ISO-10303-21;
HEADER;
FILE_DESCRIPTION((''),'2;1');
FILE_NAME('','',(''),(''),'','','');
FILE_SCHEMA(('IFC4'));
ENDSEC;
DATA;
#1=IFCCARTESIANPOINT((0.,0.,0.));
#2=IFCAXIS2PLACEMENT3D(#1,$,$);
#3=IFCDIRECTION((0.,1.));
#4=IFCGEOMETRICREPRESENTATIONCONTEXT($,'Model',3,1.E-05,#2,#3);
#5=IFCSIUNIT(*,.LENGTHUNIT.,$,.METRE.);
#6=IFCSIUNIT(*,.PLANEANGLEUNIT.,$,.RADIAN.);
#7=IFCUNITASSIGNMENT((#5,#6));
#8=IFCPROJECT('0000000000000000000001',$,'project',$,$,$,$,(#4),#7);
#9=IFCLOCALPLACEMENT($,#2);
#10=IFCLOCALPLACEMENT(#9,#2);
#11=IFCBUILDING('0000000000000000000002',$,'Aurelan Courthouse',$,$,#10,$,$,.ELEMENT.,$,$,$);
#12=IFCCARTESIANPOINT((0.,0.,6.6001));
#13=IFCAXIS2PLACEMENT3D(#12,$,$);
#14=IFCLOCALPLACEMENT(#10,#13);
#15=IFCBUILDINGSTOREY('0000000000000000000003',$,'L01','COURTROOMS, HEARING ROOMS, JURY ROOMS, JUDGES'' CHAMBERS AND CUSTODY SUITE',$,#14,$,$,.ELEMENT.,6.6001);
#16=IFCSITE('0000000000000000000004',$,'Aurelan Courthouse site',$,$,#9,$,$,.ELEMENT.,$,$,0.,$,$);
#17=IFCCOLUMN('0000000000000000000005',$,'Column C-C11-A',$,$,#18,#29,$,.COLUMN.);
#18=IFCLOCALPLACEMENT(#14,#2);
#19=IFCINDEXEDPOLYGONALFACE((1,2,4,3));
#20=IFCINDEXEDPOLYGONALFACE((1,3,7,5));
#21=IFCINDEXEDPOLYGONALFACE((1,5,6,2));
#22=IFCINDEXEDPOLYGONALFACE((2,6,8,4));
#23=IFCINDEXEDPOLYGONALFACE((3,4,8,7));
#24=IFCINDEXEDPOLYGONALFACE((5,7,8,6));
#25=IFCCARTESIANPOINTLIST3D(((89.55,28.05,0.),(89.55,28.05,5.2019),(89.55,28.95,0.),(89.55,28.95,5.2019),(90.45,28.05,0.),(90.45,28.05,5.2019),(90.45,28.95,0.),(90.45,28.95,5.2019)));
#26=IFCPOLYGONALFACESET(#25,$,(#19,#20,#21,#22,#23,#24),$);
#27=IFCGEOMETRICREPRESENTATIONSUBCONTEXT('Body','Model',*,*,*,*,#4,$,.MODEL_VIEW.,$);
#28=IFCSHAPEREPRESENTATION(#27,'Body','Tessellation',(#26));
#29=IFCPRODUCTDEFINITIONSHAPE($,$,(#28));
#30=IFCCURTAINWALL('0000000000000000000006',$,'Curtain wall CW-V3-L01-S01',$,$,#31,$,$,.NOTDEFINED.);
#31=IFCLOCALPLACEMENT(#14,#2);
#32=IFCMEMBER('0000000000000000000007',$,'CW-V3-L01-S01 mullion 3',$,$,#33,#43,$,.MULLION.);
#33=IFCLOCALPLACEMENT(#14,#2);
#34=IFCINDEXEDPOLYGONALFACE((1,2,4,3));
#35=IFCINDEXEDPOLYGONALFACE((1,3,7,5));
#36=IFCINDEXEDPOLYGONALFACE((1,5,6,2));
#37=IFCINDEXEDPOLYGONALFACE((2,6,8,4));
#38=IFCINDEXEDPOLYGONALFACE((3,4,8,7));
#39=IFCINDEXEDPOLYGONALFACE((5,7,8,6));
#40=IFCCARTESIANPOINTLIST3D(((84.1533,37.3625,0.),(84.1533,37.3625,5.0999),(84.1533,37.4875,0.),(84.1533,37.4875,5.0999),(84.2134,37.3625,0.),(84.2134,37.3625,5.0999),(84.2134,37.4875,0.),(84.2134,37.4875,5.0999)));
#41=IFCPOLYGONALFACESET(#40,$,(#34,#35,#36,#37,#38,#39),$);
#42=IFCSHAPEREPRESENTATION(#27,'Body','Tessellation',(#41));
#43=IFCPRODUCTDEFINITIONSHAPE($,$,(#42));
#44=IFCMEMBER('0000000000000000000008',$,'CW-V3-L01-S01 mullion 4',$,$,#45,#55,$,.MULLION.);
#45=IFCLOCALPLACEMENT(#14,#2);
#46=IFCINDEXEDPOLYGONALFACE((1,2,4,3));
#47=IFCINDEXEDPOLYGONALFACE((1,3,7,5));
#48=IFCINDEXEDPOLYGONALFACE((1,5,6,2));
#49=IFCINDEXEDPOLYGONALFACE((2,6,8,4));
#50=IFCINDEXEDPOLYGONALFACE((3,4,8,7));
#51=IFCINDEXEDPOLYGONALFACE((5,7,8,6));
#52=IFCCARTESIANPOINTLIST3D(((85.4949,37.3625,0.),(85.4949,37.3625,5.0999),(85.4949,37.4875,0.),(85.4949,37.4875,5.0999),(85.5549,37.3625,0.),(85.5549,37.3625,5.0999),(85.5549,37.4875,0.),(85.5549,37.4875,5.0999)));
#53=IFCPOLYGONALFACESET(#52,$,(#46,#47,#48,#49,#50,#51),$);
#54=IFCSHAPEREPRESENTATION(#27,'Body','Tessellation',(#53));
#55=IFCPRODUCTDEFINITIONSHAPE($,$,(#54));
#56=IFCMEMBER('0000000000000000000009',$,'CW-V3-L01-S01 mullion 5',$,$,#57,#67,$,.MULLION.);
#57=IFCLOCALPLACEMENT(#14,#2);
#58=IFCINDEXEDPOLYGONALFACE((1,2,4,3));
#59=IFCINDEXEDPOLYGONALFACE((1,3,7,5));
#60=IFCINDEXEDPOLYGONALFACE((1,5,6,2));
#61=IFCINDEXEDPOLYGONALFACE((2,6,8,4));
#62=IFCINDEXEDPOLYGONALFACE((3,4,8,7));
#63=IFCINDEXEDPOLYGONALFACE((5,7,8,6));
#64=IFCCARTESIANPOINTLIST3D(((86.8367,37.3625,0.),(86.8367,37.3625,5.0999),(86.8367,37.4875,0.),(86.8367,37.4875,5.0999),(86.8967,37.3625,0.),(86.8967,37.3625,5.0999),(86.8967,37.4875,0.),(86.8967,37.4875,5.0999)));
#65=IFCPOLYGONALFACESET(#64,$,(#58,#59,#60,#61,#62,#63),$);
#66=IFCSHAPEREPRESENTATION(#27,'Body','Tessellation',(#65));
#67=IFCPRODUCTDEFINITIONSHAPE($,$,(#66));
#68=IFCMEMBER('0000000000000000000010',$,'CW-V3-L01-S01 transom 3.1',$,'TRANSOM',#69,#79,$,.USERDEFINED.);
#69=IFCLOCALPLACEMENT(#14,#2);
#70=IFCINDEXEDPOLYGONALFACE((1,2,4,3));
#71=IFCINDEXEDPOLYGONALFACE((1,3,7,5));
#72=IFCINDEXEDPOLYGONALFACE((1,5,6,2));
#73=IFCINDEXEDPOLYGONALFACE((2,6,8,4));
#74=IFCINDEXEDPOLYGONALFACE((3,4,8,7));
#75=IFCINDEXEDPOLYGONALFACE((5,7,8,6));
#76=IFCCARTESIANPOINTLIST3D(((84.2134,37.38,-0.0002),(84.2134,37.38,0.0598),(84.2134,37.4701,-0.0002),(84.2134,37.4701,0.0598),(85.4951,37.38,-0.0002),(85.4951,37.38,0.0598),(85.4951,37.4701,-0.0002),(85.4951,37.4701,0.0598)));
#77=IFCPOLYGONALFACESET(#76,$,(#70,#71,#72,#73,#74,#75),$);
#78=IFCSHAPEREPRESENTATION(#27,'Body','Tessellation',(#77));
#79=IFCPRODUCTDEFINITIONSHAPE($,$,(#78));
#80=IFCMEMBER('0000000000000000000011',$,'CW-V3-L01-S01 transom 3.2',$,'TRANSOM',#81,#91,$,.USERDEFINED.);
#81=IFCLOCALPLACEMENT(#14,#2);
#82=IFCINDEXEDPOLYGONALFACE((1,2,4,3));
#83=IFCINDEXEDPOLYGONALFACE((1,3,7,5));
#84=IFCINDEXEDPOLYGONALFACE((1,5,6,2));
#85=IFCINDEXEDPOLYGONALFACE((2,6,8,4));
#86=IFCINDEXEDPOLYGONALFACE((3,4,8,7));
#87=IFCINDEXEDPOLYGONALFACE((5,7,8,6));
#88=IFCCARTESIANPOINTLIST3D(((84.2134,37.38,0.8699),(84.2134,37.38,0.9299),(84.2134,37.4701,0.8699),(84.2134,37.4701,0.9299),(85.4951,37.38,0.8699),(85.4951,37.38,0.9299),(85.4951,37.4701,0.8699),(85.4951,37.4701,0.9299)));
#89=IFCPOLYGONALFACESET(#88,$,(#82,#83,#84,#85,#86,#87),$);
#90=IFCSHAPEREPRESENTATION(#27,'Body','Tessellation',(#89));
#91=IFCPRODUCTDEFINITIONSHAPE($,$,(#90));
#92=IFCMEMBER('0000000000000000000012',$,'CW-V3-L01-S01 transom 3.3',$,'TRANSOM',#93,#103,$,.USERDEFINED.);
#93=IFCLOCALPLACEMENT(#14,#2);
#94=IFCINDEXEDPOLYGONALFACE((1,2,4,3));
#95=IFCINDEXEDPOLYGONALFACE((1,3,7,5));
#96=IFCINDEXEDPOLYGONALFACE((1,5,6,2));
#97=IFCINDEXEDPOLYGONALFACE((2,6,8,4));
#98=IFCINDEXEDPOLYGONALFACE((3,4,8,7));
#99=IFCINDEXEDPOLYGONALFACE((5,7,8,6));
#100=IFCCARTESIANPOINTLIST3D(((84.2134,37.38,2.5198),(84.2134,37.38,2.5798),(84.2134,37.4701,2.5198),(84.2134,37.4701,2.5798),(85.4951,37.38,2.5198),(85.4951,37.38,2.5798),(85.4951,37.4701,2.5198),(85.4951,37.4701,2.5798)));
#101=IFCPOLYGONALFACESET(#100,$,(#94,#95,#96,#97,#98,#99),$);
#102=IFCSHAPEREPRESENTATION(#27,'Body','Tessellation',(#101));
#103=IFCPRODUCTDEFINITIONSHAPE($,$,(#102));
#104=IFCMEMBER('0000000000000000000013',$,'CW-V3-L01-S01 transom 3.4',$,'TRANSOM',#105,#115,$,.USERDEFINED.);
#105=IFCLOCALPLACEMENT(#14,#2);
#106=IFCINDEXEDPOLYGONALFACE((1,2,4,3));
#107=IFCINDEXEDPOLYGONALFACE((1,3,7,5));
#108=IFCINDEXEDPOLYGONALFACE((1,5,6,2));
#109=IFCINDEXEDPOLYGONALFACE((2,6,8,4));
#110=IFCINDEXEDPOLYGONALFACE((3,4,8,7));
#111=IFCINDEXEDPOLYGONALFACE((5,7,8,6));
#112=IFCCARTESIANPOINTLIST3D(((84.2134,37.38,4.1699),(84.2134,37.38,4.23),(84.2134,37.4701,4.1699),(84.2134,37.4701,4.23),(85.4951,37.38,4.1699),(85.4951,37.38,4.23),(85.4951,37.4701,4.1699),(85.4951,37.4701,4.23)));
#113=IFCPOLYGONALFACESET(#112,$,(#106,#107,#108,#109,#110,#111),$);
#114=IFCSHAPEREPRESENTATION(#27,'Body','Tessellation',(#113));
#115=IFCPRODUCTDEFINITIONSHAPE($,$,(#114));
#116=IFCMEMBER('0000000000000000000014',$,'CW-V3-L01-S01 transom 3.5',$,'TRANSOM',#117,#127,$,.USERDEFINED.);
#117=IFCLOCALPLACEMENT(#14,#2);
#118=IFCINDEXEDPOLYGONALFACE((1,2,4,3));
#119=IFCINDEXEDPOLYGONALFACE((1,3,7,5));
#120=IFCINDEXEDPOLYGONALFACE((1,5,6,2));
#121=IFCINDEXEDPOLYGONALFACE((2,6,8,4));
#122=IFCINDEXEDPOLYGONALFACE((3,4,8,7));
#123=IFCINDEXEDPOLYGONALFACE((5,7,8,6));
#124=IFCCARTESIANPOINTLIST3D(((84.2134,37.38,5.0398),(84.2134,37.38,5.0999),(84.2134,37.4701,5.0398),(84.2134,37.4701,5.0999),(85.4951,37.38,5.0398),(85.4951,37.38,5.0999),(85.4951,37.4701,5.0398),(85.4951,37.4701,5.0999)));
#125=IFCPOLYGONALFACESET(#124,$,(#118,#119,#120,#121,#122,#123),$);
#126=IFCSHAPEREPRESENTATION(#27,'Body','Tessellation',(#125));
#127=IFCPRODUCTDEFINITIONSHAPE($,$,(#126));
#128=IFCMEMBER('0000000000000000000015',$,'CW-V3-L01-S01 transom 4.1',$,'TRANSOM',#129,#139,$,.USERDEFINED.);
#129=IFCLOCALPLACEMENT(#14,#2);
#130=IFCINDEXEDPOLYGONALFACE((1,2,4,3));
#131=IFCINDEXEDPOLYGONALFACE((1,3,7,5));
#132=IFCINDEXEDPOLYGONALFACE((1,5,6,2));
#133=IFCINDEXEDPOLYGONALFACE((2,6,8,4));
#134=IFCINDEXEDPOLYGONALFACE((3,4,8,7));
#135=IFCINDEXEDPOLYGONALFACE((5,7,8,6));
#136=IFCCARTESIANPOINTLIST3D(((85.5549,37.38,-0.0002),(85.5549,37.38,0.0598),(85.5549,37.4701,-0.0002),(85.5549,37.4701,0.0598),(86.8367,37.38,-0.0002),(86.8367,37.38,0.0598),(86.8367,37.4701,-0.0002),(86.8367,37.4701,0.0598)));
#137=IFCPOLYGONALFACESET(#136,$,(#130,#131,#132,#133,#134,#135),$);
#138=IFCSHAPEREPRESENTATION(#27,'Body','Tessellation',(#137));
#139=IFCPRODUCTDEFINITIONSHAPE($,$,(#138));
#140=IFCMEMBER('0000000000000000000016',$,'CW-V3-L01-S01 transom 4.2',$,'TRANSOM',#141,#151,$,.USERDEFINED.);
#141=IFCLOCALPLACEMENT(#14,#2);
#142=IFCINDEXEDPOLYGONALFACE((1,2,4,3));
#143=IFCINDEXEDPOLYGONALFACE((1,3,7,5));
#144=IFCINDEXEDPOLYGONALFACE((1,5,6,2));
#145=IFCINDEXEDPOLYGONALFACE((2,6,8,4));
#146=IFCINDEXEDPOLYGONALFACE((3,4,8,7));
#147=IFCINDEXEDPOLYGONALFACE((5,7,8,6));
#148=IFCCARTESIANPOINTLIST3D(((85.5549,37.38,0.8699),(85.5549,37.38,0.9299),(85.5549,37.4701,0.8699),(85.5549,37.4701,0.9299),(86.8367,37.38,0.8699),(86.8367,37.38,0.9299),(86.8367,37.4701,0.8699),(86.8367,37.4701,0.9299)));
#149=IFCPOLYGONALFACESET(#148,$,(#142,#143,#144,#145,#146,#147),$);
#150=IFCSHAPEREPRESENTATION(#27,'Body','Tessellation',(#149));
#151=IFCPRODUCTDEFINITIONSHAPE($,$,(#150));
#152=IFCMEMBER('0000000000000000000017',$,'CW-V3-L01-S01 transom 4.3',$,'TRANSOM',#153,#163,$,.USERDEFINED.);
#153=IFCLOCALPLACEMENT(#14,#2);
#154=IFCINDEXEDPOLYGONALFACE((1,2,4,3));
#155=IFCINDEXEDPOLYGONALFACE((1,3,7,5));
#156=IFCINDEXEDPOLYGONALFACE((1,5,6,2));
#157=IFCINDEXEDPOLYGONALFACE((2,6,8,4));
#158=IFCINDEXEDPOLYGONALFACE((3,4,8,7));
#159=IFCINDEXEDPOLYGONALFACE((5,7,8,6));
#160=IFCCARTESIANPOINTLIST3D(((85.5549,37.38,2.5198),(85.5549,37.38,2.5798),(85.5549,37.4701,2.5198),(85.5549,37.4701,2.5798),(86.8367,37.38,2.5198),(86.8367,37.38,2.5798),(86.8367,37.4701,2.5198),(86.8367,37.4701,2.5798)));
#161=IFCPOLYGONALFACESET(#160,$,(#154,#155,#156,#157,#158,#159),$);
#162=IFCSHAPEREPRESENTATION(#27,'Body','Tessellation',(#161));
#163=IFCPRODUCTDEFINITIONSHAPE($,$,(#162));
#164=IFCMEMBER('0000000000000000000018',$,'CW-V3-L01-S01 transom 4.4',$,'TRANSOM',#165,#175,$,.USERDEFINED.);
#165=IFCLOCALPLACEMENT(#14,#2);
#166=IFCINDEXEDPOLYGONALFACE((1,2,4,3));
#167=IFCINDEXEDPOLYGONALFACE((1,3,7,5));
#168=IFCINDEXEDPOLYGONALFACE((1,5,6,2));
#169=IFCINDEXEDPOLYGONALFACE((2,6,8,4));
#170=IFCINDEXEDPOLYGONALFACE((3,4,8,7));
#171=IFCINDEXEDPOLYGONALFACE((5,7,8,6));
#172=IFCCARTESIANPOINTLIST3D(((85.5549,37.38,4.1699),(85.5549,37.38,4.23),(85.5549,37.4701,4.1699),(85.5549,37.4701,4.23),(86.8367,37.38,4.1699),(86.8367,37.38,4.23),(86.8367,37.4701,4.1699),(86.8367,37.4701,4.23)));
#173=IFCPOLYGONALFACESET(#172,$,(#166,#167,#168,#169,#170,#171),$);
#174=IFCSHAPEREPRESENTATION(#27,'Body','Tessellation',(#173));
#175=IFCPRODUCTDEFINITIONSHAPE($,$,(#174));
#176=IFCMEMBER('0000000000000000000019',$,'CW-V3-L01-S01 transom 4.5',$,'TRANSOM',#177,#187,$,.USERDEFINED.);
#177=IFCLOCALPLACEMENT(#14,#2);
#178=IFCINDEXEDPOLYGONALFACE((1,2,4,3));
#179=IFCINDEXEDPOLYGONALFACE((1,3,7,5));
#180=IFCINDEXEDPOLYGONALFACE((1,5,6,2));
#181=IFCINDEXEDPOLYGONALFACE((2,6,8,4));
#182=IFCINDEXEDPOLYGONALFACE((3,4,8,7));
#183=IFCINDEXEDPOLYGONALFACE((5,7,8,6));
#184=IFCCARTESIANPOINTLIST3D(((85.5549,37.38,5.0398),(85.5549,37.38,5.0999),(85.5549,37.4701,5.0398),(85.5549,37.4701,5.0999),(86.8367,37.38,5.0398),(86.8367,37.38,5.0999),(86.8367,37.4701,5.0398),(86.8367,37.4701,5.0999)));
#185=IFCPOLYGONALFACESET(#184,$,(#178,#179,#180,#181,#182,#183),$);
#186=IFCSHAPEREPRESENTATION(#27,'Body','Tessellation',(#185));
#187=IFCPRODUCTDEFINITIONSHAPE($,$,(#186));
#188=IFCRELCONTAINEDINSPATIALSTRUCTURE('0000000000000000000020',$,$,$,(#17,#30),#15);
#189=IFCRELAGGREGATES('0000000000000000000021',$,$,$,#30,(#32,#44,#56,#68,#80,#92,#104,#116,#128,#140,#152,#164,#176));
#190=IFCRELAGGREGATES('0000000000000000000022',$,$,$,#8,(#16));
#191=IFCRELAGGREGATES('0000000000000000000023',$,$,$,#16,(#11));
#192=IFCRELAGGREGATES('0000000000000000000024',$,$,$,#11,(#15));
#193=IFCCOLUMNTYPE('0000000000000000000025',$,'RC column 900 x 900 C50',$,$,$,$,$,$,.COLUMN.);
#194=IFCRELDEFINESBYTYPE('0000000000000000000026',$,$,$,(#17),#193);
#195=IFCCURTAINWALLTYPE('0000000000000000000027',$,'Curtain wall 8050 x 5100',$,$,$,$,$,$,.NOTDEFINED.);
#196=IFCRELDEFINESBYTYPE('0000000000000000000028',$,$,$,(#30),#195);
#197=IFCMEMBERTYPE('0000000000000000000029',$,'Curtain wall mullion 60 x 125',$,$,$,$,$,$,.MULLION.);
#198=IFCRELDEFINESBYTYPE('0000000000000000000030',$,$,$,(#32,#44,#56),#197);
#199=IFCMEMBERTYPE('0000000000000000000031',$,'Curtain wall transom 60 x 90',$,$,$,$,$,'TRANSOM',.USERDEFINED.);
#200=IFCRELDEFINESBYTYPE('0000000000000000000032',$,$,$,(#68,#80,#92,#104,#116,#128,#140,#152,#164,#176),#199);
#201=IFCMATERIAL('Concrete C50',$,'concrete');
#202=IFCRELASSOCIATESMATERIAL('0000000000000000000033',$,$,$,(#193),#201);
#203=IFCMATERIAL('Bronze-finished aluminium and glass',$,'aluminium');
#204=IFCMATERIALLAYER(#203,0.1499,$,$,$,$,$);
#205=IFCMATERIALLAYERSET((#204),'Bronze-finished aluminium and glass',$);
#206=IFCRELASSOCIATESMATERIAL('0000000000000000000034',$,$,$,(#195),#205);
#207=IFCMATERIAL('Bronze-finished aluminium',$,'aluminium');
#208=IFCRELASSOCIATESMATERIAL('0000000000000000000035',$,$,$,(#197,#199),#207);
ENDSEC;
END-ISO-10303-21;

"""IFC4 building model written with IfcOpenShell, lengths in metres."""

from ifc_helpers import new_model, si_unit, direction, frame, origin, origin_2d, place, context, subcontext, project, spatial, rectangle, extrude, material, layer, layer_set, material_profile, profile_set, type_object, element, aggregate, save


model = new_model("IFC4")

# Units and contexts
model_context = context("Model", 3, precision=1e-05, world=origin(), true_north=direction((0.0, 1.0)))
body_context = subcontext(model_context, "Body", "Model", "MODEL_VIEW")
ifc_project = project(units=[si_unit("LENGTHUNIT", "METRE"), si_unit("PLANEANGLEUNIT", "RADIAN")], contexts=[model_context])

# Site, building, storey
site_placement = place(None, origin())
site = spatial("IfcSite", under=ifc_project, at=site_placement, Name="Aurelan Courthouse site", CompositionType="ELEMENT", RefElevation=0.0)
building_placement = place(site_placement, origin())
building = spatial("IfcBuilding", under=site, at=building_placement, Name="Aurelan Courthouse", CompositionType="ELEMENT")
storey_placement = place(building_placement, frame((0.0, 0.0, 6.6001)))
storey = spatial("IfcBuildingStorey", under=building, at=storey_placement, Name="L01", Description="COURTROOMS, HEARING ROOMS, JURY ROOMS, JUDGES' CHAMBERS AND CUSTODY SUITE", CompositionType="ELEMENT", Elevation=6.6001)

# Column
ifc_material_1 = material(Name="Concrete C50", Category="concrete")
ifc_material_profile_1 = material_profile(ifc_material_1, rectangle(XDim=0.8999, YDim=0.8999, at=origin_2d()), Name="RC 900 x 900")
ifc_profile_set_1 = profile_set([ifc_material_profile_1], Name="Concrete C50")
column_type = type_object("IfcColumnType", Name="RC column 900 x 900 C50", PredefinedType="COLUMN", material=ifc_profile_set_1)
column_placement = place(storey_placement, frame((90.0, 28.5, 0.0), z_axis=(0.0, 0.0, 1.0), x_axis=(1.0, 0.0, 0.0)))
element("IfcColumn", 1, at=column_placement, inside=storey, type_object=column_type, Name="Column C-C11-A", PredefinedType="COLUMN", context=body_context, shape_type="SweptSolid", body=[
    extrude(rectangle(XDim=0.8999, YDim=0.8999, at=origin_2d()), origin(), (0.0, 0.0, 1.0), 5.2019),
])

# Curtain wall, members
ifc_material_2 = material(Name="Bronze-finished aluminium and glass", Category="aluminium")
ifc_layer_1 = layer(ifc_material_2, 0.1499)
ifc_layer_set_1 = layer_set([ifc_layer_1], Name="Bronze-finished aluminium and glass")
curtain_wall_type = type_object("IfcCurtainWallType", Name="Curtain wall 8050 x 5100", PredefinedType="NOTDEFINED", material=ifc_layer_set_1)
curtain_wall_placement = place(storey_placement, origin())
curtain_wall = element("IfcCurtainWall", 2, at=curtain_wall_placement, inside=storey, type_object=curtain_wall_type, Name="Curtain wall CW-V3-L01-S01", PredefinedType="NOTDEFINED")
ifc_material_3 = material(Name="Bronze-finished aluminium", Category="aluminium")
ifc_material_profile_2 = material_profile(ifc_material_3, rectangle(XDim=0.125, YDim=0.0601, at=origin_2d()), Name="Bronze mullion 60 x 125")
ifc_profile_set_2 = profile_set([ifc_material_profile_2], Name="Bronze-finished aluminium")
member_type_1 = type_object("IfcMemberType", Name="Curtain wall mullion 60 x 125", PredefinedType="MULLION", material=ifc_profile_set_2)
member_1_placement = place(storey_placement, frame((84.1833, 37.425, 0.0), z_axis=(0.0, 0.0, 1.0), x_axis=(0.0, 1.0, 0.0)))
member_1 = element("IfcMember", 3, at=member_1_placement, type_object=member_type_1, Name="CW-V3-L01-S01 mullion 3", PredefinedType="MULLION", context=body_context, shape_type="SweptSolid", body=[
    extrude(rectangle(XDim=0.125, YDim=0.0601, at=origin_2d()), origin(), (0.0, 0.0, 1.0), 5.0999),
])
member_2_placement = place(storey_placement, frame((85.5249, 37.425, 0.0), z_axis=(0.0, 0.0, 1.0), x_axis=(0.0, 1.0, 0.0)))
member_2 = element("IfcMember", 4, at=member_2_placement, type_object=member_type_1, Name="CW-V3-L01-S01 mullion 4", PredefinedType="MULLION", context=body_context, shape_type="SweptSolid", body=[
    extrude(rectangle(XDim=0.125, YDim=0.0601, at=origin_2d()), origin(), (0.0, 0.0, 1.0), 5.0999),
])
member_3_placement = place(storey_placement, frame((86.8667, 37.425, 0.0), z_axis=(0.0, 0.0, 1.0), x_axis=(0.0, 1.0, 0.0)))
member_3 = element("IfcMember", 5, at=member_3_placement, type_object=member_type_1, Name="CW-V3-L01-S01 mullion 5", PredefinedType="MULLION", context=body_context, shape_type="SweptSolid", body=[
    extrude(rectangle(XDim=0.125, YDim=0.0601, at=origin_2d()), origin(), (0.0, 0.0, 1.0), 5.0999),
])
ifc_material_profile_3 = material_profile(ifc_material_3, rectangle(XDim=0.0901, YDim=0.0601, at=origin_2d()), Name="Bronze transom 60 x 90")
ifc_profile_set_3 = profile_set([ifc_material_profile_3], Name="Bronze-finished aluminium")
member_type_2 = type_object("IfcMemberType", Name="Curtain wall transom 60 x 90", ElementType="TRANSOM", PredefinedType="USERDEFINED", material=ifc_profile_set_3)
member_4_placement = place(storey_placement, frame((84.2134, 37.425, 0.0298), z_axis=(1.0, 0.0, 0.0), x_axis=(0.0, 1.0, 0.0)))
member_4 = element("IfcMember", 6, at=member_4_placement, type_object=member_type_2, Name="CW-V3-L01-S01 transom 3.1", ObjectType="TRANSOM", PredefinedType="USERDEFINED", context=body_context, shape_type="SweptSolid", body=[
    extrude(rectangle(XDim=0.0901, YDim=0.0601, at=origin_2d()), origin(), (0.0, 0.0, 1.0), 1.2817),
])
member_5_placement = place(storey_placement, frame((84.2134, 37.425, 0.8999), z_axis=(1.0, 0.0, 0.0), x_axis=(0.0, 1.0, 0.0)))
member_5 = element("IfcMember", 7, at=member_5_placement, type_object=member_type_2, Name="CW-V3-L01-S01 transom 3.2", ObjectType="TRANSOM", PredefinedType="USERDEFINED", context=body_context, shape_type="SweptSolid", body=[
    extrude(rectangle(XDim=0.0901, YDim=0.0601, at=origin_2d()), origin(), (0.0, 0.0, 1.0), 1.2817),
])
member_6_placement = place(storey_placement, frame((84.2134, 37.425, 2.5498), z_axis=(1.0, 0.0, 0.0), x_axis=(0.0, 1.0, 0.0)))
member_6 = element("IfcMember", 8, at=member_6_placement, type_object=member_type_2, Name="CW-V3-L01-S01 transom 3.3", ObjectType="TRANSOM", PredefinedType="USERDEFINED", context=body_context, shape_type="SweptSolid", body=[
    extrude(rectangle(XDim=0.0901, YDim=0.0601, at=origin_2d()), origin(), (0.0, 0.0, 1.0), 1.2817),
])
member_7_placement = place(storey_placement, frame((84.2134, 37.425, 4.2), z_axis=(1.0, 0.0, 0.0), x_axis=(0.0, 1.0, 0.0)))
member_7 = element("IfcMember", 9, at=member_7_placement, type_object=member_type_2, Name="CW-V3-L01-S01 transom 3.4", ObjectType="TRANSOM", PredefinedType="USERDEFINED", context=body_context, shape_type="SweptSolid", body=[
    extrude(rectangle(XDim=0.0901, YDim=0.0601, at=origin_2d()), origin(), (0.0, 0.0, 1.0), 1.2817),
])
member_8_placement = place(storey_placement, frame((84.2134, 37.425, 5.0698), z_axis=(1.0, 0.0, 0.0), x_axis=(0.0, 1.0, 0.0)))
member_8 = element("IfcMember", 10, at=member_8_placement, type_object=member_type_2, Name="CW-V3-L01-S01 transom 3.5", ObjectType="TRANSOM", PredefinedType="USERDEFINED", context=body_context, shape_type="SweptSolid", body=[
    extrude(rectangle(XDim=0.0901, YDim=0.0601, at=origin_2d()), origin(), (0.0, 0.0, 1.0), 1.2817),
])
member_9_placement = place(storey_placement, frame((85.5549, 37.425, 0.0298), z_axis=(1.0, 0.0, 0.0), x_axis=(0.0, 1.0, 0.0)))
member_9 = element("IfcMember", 11, at=member_9_placement, type_object=member_type_2, Name="CW-V3-L01-S01 transom 4.1", ObjectType="TRANSOM", PredefinedType="USERDEFINED", context=body_context, shape_type="SweptSolid", body=[
    extrude(rectangle(XDim=0.0901, YDim=0.0601, at=origin_2d()), origin(), (0.0, 0.0, 1.0), 1.2817),
])
member_10_placement = place(storey_placement, frame((85.5549, 37.425, 0.8999), z_axis=(1.0, 0.0, 0.0), x_axis=(0.0, 1.0, 0.0)))
member_10 = element("IfcMember", 12, at=member_10_placement, type_object=member_type_2, Name="CW-V3-L01-S01 transom 4.2", ObjectType="TRANSOM", PredefinedType="USERDEFINED", context=body_context, shape_type="SweptSolid", body=[
    extrude(rectangle(XDim=0.0901, YDim=0.0601, at=origin_2d()), origin(), (0.0, 0.0, 1.0), 1.2817),
])
member_11_placement = place(storey_placement, frame((85.5549, 37.425, 2.5498), z_axis=(1.0, 0.0, 0.0), x_axis=(0.0, 1.0, 0.0)))
member_11 = element("IfcMember", 13, at=member_11_placement, type_object=member_type_2, Name="CW-V3-L01-S01 transom 4.3", ObjectType="TRANSOM", PredefinedType="USERDEFINED", context=body_context, shape_type="SweptSolid", body=[
    extrude(rectangle(XDim=0.0901, YDim=0.0601, at=origin_2d()), origin(), (0.0, 0.0, 1.0), 1.2817),
])
member_12_placement = place(storey_placement, frame((85.5549, 37.425, 4.2), z_axis=(1.0, 0.0, 0.0), x_axis=(0.0, 1.0, 0.0)))
member_12 = element("IfcMember", 14, at=member_12_placement, type_object=member_type_2, Name="CW-V3-L01-S01 transom 4.4", ObjectType="TRANSOM", PredefinedType="USERDEFINED", context=body_context, shape_type="SweptSolid", body=[
    extrude(rectangle(XDim=0.0901, YDim=0.0601, at=origin_2d()), origin(), (0.0, 0.0, 1.0), 1.2817),
])
member_13_placement = place(storey_placement, frame((85.5549, 37.425, 5.0698), z_axis=(1.0, 0.0, 0.0), x_axis=(0.0, 1.0, 0.0)))
member_13 = element("IfcMember", 15, at=member_13_placement, type_object=member_type_2, Name="CW-V3-L01-S01 transom 4.5", ObjectType="TRANSOM", PredefinedType="USERDEFINED", context=body_context, shape_type="SweptSolid", body=[
    extrude(rectangle(XDim=0.0901, YDim=0.0601, at=origin_2d()), origin(), (0.0, 0.0, 1.0), 1.2817),
])
aggregate(curtain_wall, [member_1, member_2, member_3, member_4, member_5, member_6, member_7, member_8, member_9, member_10, member_11, member_12, member_13])

save(model, "model.ifc")
